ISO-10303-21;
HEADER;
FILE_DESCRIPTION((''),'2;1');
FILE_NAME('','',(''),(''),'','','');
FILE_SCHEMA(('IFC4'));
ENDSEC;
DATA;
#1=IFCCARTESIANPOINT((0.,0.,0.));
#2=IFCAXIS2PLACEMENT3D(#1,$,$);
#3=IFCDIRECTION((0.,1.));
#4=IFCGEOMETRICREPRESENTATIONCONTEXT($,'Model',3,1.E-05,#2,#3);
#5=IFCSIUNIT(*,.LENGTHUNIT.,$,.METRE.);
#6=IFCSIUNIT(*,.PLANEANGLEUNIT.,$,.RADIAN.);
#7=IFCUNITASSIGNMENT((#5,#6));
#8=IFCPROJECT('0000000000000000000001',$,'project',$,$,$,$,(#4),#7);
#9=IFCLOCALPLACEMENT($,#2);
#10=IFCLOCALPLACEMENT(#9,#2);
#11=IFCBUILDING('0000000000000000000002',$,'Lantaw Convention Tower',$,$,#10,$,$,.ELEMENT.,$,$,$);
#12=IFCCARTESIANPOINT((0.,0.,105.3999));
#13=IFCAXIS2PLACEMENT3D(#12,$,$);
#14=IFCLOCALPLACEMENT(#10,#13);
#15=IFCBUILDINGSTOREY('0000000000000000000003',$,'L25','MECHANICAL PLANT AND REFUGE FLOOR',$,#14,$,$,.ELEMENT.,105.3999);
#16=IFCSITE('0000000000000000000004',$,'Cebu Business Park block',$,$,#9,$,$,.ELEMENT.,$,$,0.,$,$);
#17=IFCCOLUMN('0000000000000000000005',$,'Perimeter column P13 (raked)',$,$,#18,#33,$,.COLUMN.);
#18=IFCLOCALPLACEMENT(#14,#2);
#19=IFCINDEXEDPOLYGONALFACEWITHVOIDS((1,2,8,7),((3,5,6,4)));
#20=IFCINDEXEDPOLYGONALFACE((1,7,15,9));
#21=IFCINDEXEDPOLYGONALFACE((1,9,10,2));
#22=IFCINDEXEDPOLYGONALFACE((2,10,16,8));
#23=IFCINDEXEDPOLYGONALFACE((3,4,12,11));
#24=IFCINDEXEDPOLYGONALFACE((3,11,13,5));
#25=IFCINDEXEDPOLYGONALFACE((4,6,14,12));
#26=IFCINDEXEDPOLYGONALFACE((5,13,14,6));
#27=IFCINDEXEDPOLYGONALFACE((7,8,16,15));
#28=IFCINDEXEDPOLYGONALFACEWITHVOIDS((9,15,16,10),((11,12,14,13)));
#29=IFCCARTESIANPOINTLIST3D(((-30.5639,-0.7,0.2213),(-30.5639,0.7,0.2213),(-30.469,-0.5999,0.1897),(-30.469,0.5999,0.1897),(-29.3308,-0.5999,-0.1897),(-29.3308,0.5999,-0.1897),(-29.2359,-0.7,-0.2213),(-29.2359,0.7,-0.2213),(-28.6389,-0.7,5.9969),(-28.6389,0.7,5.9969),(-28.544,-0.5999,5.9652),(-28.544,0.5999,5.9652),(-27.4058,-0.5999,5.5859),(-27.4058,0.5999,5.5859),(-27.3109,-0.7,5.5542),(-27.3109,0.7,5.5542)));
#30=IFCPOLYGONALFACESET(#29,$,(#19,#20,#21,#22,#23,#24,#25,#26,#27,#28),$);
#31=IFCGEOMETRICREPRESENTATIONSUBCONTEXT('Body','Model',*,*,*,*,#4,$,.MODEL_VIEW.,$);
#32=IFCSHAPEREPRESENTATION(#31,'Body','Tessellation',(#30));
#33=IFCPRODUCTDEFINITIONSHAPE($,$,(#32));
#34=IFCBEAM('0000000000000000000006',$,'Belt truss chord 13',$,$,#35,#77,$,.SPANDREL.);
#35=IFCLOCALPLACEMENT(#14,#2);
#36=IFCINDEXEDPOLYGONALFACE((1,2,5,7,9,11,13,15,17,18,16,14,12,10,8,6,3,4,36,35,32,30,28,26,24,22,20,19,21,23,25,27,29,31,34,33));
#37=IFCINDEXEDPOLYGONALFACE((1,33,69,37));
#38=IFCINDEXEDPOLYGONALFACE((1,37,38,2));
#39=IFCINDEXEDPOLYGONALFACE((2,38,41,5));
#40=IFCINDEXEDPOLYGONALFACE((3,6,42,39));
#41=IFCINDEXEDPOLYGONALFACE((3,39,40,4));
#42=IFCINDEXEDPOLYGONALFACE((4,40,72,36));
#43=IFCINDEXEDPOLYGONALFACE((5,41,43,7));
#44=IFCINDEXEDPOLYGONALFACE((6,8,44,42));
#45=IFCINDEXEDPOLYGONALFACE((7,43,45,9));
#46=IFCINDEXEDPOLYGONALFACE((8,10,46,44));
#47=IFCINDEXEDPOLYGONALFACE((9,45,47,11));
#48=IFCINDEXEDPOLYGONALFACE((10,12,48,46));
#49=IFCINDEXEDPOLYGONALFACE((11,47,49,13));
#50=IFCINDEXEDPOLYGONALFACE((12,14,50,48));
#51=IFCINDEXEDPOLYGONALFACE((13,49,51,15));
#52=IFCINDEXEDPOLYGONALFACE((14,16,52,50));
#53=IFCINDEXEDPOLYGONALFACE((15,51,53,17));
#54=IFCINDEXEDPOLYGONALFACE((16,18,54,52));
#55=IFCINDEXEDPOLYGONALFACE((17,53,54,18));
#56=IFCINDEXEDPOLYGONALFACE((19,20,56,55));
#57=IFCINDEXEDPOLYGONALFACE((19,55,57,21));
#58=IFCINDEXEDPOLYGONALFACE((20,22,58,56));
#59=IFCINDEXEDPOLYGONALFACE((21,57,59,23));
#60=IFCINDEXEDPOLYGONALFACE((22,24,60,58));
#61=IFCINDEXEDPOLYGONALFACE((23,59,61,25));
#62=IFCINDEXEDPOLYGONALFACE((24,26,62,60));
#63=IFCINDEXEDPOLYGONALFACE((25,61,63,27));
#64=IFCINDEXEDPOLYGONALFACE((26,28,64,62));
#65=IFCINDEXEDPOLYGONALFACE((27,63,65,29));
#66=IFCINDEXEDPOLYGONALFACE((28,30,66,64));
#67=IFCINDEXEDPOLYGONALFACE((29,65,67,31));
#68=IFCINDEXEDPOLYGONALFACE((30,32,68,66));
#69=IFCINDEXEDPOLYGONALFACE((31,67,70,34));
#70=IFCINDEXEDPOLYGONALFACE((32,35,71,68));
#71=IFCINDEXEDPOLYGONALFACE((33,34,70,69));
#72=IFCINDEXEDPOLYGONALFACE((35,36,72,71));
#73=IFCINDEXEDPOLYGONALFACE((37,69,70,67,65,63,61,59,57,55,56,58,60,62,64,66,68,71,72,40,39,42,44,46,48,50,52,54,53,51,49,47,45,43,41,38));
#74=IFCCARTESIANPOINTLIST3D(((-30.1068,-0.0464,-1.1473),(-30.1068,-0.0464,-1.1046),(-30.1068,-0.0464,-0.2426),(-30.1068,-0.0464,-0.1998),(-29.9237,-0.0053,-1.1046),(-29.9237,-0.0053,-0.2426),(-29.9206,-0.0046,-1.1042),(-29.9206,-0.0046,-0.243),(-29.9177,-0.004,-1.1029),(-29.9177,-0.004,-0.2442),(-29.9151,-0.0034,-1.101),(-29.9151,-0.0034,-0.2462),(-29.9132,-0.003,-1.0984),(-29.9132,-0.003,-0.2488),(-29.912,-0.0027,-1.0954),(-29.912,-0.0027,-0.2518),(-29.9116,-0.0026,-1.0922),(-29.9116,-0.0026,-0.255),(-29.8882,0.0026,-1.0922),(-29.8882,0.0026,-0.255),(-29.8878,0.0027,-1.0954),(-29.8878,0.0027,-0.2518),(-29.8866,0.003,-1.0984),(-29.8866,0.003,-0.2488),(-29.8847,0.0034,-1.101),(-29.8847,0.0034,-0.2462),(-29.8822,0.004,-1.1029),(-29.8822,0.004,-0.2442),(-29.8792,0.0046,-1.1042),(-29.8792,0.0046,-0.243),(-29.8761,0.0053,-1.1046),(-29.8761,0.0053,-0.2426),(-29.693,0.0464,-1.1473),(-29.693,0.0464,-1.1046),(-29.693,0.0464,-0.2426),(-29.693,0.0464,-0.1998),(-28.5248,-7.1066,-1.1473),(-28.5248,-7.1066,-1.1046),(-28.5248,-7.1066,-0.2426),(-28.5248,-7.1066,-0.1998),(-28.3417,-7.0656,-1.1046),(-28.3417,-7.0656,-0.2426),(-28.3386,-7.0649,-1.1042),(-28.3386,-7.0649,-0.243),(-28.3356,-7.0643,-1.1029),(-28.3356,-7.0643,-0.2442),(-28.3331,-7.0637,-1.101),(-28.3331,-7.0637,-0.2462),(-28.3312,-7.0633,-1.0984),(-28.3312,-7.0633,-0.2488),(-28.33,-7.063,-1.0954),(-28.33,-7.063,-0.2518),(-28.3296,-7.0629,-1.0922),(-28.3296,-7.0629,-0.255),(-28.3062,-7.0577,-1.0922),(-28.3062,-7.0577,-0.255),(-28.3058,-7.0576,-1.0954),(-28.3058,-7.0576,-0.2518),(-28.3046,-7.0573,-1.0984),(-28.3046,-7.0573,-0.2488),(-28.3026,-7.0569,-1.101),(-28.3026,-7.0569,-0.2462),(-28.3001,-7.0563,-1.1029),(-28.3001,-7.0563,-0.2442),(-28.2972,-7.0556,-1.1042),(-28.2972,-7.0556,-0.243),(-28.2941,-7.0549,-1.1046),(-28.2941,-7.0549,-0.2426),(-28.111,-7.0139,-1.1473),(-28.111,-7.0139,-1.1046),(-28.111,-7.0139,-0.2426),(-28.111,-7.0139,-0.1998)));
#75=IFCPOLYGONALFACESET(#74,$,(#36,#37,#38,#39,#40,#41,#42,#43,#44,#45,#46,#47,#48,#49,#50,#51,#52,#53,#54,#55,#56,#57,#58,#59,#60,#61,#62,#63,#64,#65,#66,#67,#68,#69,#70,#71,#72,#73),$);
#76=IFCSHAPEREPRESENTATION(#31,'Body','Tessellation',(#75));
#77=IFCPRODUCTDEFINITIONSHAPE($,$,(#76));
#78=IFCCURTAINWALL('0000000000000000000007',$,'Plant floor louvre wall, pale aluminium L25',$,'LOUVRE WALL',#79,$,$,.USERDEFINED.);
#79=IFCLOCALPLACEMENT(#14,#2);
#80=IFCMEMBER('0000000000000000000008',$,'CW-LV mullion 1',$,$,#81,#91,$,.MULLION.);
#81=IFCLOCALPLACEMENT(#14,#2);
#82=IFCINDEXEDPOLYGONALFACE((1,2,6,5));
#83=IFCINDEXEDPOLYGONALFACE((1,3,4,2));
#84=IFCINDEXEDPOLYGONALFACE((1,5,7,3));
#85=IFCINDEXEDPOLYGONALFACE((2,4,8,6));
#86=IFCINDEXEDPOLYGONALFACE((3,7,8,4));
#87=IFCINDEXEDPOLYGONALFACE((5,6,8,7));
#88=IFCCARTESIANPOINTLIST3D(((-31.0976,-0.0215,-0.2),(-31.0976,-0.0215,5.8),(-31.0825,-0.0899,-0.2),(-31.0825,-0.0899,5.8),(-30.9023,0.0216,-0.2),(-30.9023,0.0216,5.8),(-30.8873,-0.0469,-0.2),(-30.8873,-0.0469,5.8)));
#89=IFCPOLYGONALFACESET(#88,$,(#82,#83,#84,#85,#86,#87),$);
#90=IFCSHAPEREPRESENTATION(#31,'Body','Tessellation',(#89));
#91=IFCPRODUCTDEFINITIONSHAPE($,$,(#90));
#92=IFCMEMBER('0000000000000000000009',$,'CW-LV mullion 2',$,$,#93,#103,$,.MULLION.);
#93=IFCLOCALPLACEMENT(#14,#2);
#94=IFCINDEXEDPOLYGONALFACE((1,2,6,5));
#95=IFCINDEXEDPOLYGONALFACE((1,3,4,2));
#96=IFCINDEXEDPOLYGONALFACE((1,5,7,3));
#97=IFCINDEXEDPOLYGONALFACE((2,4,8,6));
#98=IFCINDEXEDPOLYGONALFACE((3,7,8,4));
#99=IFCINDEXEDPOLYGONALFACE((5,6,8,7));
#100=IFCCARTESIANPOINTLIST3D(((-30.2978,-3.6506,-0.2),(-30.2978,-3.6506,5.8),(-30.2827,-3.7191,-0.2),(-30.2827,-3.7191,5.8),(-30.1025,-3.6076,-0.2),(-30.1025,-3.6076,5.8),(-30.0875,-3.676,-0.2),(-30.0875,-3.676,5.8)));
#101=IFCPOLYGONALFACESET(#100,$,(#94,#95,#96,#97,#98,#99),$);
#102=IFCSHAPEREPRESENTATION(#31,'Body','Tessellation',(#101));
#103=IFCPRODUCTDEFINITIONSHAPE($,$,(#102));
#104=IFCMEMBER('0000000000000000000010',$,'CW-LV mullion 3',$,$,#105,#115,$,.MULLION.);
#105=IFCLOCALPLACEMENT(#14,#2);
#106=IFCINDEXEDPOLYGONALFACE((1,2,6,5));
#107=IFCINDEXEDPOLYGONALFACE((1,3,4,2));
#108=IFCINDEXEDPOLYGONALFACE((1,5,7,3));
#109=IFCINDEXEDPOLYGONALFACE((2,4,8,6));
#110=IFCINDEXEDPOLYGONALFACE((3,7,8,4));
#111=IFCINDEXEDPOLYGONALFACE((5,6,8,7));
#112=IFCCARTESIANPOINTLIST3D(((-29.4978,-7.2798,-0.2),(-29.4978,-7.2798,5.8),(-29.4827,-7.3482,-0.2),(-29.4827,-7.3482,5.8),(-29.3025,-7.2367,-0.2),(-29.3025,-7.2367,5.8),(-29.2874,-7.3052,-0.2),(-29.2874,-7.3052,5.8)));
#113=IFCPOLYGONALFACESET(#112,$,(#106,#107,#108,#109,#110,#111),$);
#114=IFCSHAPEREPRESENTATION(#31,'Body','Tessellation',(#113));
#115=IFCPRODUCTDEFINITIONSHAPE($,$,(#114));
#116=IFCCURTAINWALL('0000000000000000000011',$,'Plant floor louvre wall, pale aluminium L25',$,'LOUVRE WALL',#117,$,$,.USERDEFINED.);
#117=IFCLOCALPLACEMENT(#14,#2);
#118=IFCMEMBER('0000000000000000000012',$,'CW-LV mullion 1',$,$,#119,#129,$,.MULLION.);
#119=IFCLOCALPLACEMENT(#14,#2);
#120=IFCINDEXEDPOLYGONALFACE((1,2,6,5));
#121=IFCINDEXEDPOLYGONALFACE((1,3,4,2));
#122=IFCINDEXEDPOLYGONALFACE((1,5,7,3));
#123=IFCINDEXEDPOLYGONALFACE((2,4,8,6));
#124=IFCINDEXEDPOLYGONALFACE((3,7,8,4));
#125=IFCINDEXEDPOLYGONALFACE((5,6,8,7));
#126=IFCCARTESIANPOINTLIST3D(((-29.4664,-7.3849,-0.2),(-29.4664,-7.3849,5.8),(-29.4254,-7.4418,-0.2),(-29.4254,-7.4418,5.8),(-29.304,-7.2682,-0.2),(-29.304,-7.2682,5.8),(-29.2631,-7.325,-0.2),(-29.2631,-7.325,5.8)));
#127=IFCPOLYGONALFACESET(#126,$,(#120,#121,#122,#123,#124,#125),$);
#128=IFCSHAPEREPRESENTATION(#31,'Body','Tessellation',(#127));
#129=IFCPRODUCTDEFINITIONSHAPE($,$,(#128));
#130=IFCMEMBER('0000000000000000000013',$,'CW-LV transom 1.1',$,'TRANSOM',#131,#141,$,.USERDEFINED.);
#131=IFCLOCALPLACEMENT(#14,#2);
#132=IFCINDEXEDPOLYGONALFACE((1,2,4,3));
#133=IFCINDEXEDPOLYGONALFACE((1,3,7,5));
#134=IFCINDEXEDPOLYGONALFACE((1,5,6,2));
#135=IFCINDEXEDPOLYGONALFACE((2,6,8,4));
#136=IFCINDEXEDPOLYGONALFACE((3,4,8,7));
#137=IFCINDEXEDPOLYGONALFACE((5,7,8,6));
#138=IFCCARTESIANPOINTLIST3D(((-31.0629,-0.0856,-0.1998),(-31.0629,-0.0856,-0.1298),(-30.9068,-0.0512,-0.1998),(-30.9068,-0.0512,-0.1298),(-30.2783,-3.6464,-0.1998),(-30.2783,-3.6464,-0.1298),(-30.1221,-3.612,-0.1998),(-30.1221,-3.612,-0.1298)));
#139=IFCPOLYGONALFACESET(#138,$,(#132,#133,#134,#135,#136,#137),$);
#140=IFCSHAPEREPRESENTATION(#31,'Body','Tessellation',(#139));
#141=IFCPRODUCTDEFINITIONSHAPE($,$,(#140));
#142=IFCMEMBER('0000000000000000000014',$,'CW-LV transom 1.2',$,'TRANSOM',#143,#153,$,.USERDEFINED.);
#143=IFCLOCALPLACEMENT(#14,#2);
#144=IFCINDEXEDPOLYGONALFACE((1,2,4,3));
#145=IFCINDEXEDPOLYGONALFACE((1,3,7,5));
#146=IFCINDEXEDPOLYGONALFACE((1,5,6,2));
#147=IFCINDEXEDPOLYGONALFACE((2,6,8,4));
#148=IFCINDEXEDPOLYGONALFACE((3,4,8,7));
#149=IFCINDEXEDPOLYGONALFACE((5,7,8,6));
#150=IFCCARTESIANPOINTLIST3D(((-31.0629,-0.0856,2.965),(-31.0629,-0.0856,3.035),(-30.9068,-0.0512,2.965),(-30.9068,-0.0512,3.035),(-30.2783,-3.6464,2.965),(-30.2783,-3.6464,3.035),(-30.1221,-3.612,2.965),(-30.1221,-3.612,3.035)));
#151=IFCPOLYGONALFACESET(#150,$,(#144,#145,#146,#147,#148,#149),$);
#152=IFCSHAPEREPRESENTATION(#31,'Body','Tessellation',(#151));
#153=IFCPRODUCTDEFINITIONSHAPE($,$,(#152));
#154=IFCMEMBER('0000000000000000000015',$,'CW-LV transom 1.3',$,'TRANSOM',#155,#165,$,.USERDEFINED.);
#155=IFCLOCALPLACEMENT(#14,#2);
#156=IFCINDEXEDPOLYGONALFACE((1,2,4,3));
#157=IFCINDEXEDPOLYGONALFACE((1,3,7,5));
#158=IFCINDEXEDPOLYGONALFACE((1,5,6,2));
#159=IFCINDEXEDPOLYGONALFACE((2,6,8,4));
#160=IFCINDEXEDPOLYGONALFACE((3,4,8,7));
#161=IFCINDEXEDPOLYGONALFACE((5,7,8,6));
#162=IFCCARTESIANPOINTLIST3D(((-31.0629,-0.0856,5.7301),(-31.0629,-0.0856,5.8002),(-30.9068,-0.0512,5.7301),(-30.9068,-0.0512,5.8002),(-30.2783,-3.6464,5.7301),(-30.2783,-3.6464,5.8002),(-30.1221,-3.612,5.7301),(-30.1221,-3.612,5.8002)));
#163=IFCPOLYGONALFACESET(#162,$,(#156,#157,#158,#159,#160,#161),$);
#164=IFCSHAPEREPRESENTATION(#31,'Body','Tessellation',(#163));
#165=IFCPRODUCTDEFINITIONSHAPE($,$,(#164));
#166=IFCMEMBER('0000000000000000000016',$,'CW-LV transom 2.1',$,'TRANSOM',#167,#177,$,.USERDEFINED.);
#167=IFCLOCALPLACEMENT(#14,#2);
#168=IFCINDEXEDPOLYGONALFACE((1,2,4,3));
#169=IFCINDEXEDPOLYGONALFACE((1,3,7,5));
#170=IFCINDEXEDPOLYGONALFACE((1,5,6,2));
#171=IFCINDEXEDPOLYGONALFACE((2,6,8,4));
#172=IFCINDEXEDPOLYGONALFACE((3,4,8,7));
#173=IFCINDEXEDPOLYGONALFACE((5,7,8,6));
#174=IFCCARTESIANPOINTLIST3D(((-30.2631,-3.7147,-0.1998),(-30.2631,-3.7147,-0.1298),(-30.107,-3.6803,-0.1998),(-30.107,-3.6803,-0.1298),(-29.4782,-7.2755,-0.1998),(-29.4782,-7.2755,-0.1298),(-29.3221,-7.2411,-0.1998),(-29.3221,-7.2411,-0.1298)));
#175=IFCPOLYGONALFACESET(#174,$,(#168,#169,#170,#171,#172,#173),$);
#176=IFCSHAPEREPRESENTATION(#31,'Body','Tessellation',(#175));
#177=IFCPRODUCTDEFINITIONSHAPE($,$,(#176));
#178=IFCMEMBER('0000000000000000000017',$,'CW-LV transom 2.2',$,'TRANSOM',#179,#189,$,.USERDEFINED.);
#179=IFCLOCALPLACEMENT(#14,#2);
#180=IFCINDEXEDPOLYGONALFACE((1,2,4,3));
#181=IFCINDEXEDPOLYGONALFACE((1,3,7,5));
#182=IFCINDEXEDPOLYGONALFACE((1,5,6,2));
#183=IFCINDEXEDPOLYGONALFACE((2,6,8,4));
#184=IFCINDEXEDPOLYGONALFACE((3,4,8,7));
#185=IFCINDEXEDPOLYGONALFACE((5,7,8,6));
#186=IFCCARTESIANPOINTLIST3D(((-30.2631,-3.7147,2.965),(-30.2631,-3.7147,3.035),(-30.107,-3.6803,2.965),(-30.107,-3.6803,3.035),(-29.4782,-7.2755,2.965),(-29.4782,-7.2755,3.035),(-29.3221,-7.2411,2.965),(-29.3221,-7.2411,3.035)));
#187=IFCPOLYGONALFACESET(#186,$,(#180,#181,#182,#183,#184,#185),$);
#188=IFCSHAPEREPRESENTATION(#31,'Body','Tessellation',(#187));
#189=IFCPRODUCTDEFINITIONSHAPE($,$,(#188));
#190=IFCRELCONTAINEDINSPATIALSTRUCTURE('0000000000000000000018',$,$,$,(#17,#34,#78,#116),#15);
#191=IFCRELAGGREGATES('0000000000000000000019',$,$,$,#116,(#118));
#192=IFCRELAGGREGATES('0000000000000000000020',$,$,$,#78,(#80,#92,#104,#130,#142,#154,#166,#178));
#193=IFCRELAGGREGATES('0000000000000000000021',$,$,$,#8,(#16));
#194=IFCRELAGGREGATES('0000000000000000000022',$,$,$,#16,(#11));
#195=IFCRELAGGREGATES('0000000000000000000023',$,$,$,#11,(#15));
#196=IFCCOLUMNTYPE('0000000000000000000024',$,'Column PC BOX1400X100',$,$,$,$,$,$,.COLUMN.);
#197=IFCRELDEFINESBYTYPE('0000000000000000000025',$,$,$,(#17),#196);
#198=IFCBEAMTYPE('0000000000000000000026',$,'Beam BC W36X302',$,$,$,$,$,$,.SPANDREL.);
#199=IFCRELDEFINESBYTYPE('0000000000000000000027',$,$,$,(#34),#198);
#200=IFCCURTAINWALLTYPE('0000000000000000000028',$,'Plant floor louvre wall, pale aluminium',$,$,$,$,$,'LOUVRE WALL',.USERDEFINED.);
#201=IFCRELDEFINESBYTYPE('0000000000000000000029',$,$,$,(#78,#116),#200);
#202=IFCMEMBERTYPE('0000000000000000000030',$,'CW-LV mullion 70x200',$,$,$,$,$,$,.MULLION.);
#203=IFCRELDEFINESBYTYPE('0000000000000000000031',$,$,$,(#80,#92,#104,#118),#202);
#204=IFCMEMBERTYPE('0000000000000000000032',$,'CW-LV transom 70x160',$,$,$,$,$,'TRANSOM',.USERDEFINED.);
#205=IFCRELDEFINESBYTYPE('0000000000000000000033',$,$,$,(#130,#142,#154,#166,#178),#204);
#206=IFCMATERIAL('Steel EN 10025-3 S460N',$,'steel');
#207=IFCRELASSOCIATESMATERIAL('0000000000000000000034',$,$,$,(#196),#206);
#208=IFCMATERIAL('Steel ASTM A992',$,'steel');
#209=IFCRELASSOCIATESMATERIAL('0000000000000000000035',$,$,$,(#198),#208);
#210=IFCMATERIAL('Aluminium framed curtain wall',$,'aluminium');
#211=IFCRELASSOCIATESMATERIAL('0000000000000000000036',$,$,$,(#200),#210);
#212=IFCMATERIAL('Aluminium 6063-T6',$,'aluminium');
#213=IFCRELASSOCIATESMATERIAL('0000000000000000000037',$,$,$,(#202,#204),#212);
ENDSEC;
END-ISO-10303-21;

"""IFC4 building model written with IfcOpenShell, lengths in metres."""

from ifc_helpers import new_model, si_unit, direction, frame, origin, origin_2d, place, context, subcontext, project, spatial, rectangle, hollow_rectangle, i_section, extrude, material, material_profile, profile_set, type_object, element, aggregate, save


model = new_model("IFC4")

# Units and contexts
model_context = context("Model", 3, precision=1e-05, world=origin(), true_north=direction((0.0, 1.0)))
body_context = subcontext(model_context, "Body", "Model", "MODEL_VIEW")
ifc_project = project(units=[si_unit("LENGTHUNIT", "METRE"), si_unit("PLANEANGLEUNIT", "RADIAN")], contexts=[model_context])

# Site, building, storey
site_placement = place(None, origin())
site = spatial("IfcSite", under=ifc_project, at=site_placement, Name="Cebu Business Park block", CompositionType="ELEMENT", RefElevation=0.0)
building_placement = place(site_placement, origin())
building = spatial("IfcBuilding", under=site, at=building_placement, Name="Lantaw Convention Tower", CompositionType="ELEMENT")
storey_placement = place(building_placement, frame((0.0, 0.0, 105.3999)))
storey = spatial("IfcBuildingStorey", under=building, at=storey_placement, Name="L25", Description="MECHANICAL PLANT AND REFUGE FLOOR", CompositionType="ELEMENT", Elevation=105.3999)

# Column
ifc_material_1 = material(Name="Steel EN 10025-3 S460N", Category="steel")
ifc_material_profile_1 = material_profile(ifc_material_1, hollow_rectangle(XDim=1.3999, YDim=1.3999, WallThickness=0.1001, at=origin_2d()), Name="BOX1400X100")
ifc_material_2 = material(Name="Concrete C60/75", Category="concrete")
ifc_material_profile_2 = material_profile(ifc_material_2, rectangle(XDim=1.2, YDim=1.2, at=origin_2d()), Name="Concrete fill of BOX1400X100")
ifc_profile_set_1 = profile_set([ifc_material_profile_1, ifc_material_profile_2], Name="Steel EN 10025-3 S460N")
column_type = type_object("IfcColumnType", Name="Column PC BOX1400X100", PredefinedType="COLUMN", material=ifc_profile_set_1)
column_placement = place(storey_placement, frame((-29.8999, 0.0, 0.0), z_axis=(0.316204, 0.0, 0.948691), x_axis=(0.0, 1.0, 0.0)))
element("IfcColumn", 1, at=column_placement, inside=storey, type_object=column_type, Name="Perimeter column P13 (raked)", PredefinedType="COLUMN", context=body_context, shape_type="SweptSolid", body=[
    extrude(hollow_rectangle(XDim=1.3999, YDim=1.3999, WallThickness=0.1001, at=origin_2d()), origin(), (0.0, 0.0, 1.0), 6.0879),
])

# Beam
ifc_material_3 = material(Name="Steel ASTM A992", Category="steel")
ifc_material_profile_3 = material_profile(ifc_material_3, i_section(OverallWidth=0.4241, OverallDepth=0.9475, WebThickness=0.0239, FlangeThickness=0.0427, FilletRadius=0.0125, at=origin_2d()), Name="W36X302")
ifc_profile_set_2 = profile_set([ifc_material_profile_3], Name="Steel ASTM A992")
beam_type = type_object("IfcBeamType", Name="Beam BC W36X302", PredefinedType="SPANDREL", material=ifc_profile_set_2)
beam_placement = place(storey_placement, frame((-29.8999, 0.0, -0.6736), z_axis=(0.218652, -0.975803, 0.0), x_axis=(0.975803, 0.218652, 0.0)))
element("IfcBeam", 2, at=beam_placement, inside=storey, type_object=beam_type, Name="Belt truss chord 13", PredefinedType="SPANDREL", context=body_context, shape_type="SweptSolid", body=[
    extrude(i_section(OverallWidth=0.4241, OverallDepth=0.9475, WebThickness=0.0239, FlangeThickness=0.0427, FilletRadius=0.0125, at=origin_2d()), origin(), (0.0, 0.0, 1.0), 7.2354),
])

# Curtain wall, members
ifc_material_4 = material(Name="Aluminium framed curtain wall", Category="aluminium")
curtain_wall_type = type_object("IfcCurtainWallType", Name="Plant floor louvre wall, pale aluminium", ElementType="LOUVRE WALL", PredefinedType="USERDEFINED", material=ifc_material_4)
curtain_wall_1_placement = place(storey_placement, origin())
curtain_wall_1 = element("IfcCurtainWall", 3, at=curtain_wall_1_placement, inside=storey, type_object=curtain_wall_type, Name="Plant floor louvre wall, pale aluminium L25", ObjectType="LOUVRE WALL", PredefinedType="USERDEFINED")
ifc_material_5 = material(Name="Aluminium 6063-T6", Category="aluminium")
ifc_material_profile_4 = material_profile(ifc_material_5, rectangle(XDim=0.2, YDim=0.0701, at=origin_2d()), Name="CW-LV mullion 70x200")
ifc_profile_set_3 = profile_set([ifc_material_profile_4], Name="Aluminium 6063-T6")
member_type_1 = type_object("IfcMemberType", Name="CW-LV mullion 70x200", PredefinedType="MULLION", material=ifc_profile_set_3)
member_1_placement = place(storey_placement, frame((-30.9924, -0.0342, -0.2), z_axis=(0.0, 0.0, 1.0), x_axis=(0.97656, 0.215246, 0.0)))
member_1 = element("IfcMember", 4, at=member_1_placement, type_object=member_type_1, Name="CW-LV mullion 1", PredefinedType="MULLION", context=body_context, shape_type="SweptSolid", body=[
    extrude(rectangle(XDim=0.2, YDim=0.0701, at=origin_2d()), origin(), (0.0, 0.0, 1.0), 6.0),
])
member_2_placement = place(storey_placement, frame((-30.1926, -3.6633, -0.2), z_axis=(0.0, 0.0, 1.0), x_axis=(0.97656, 0.215246, 0.0)))
member_2 = element("IfcMember", 5, at=member_2_placement, type_object=member_type_1, Name="CW-LV mullion 2", PredefinedType="MULLION", context=body_context, shape_type="SweptSolid", body=[
    extrude(rectangle(XDim=0.2, YDim=0.0701, at=origin_2d()), origin(), (0.0, 0.0, 1.0), 6.0),
])
member_3_placement = place(storey_placement, frame((-29.3926, -7.2925, -0.2), z_axis=(0.0, 0.0, 1.0), x_axis=(0.97656, 0.215246, 0.0)))
member_3 = element("IfcMember", 6, at=member_3_placement, type_object=member_type_1, Name="CW-LV mullion 3", PredefinedType="MULLION", context=body_context, shape_type="SweptSolid", body=[
    extrude(rectangle(XDim=0.2, YDim=0.0701, at=origin_2d()), origin(), (0.0, 0.0, 1.0), 6.0),
])

# Curtain wall, member
curtain_wall_2_placement = place(storey_placement, origin())
curtain_wall_2 = element("IfcCurtainWall", 7, at=curtain_wall_2_placement, inside=storey, type_object=curtain_wall_type, Name="Plant floor louvre wall, pale aluminium L25", ObjectType="LOUVRE WALL", PredefinedType="USERDEFINED")
member_4_placement = place(storey_placement, frame((-29.3647, -7.355, -0.2), z_axis=(0.0, 0.0, 1.0), x_axis=(0.811789, 0.583951, 0.0)))
member_4 = element("IfcMember", 8, at=member_4_placement, type_object=member_type_1, Name="CW-LV mullion 1", PredefinedType="MULLION", context=body_context, shape_type="SweptSolid", body=[
    extrude(rectangle(XDim=0.2, YDim=0.0701, at=origin_2d()), origin(), (0.0, 0.0, 1.0), 6.0),
])

# Members
ifc_material_profile_5 = material_profile(ifc_material_5, rectangle(XDim=0.1599, YDim=0.0701, at=origin_2d()), Name="CW-LV transom 70x160")
ifc_profile_set_4 = profile_set([ifc_material_profile_5], Name="Aluminium 6063-T6")
member_type_2 = type_object("IfcMemberType", Name="CW-LV transom 70x160", ElementType="TRANSOM", PredefinedType="USERDEFINED", material=ifc_profile_set_4)
member_5_placement = place(storey_placement, frame((-30.9849, -0.0684, -0.1648), z_axis=(0.2152, -0.97657, 0.0), x_axis=(0.97657, 0.2152, 0.0)))
member_5 = element("IfcMember", 9, at=member_5_placement, type_object=member_type_2, Name="CW-LV transom 1.1", ObjectType="TRANSOM", PredefinedType="USERDEFINED", context=body_context, shape_type="SweptSolid", body=[
    extrude(rectangle(XDim=0.1599, YDim=0.0701, at=origin_2d()), origin(), (0.0, 0.0, 1.0), 3.6462),
])
member_6_placement = place(storey_placement, frame((-30.9849, -0.0684, 3.0), z_axis=(0.2152, -0.97657, 0.0), x_axis=(0.97657, 0.2152, 0.0)))
member_6 = element("IfcMember", 10, at=member_6_placement, type_object=member_type_2, Name="CW-LV transom 1.2", ObjectType="TRANSOM", PredefinedType="USERDEFINED", context=body_context, shape_type="SweptSolid", body=[
    extrude(rectangle(XDim=0.1599, YDim=0.0701, at=origin_2d()), origin(), (0.0, 0.0, 1.0), 3.6462),
])
member_7_placement = place(storey_placement, frame((-30.9849, -0.0684, 5.7651), z_axis=(0.2152, -0.97657, 0.0), x_axis=(0.97657, 0.2152, 0.0)))
member_7 = element("IfcMember", 11, at=member_7_placement, type_object=member_type_2, Name="CW-LV transom 1.3", ObjectType="TRANSOM", PredefinedType="USERDEFINED", context=body_context, shape_type="SweptSolid", body=[
    extrude(rectangle(XDim=0.1599, YDim=0.0701, at=origin_2d()), origin(), (0.0, 0.0, 1.0), 3.6462),
])
member_8_placement = place(storey_placement, frame((-30.1851, -3.6975, -0.1648), z_axis=(0.215264, -0.976556, 0.0), x_axis=(0.976556, 0.215264, 0.0)))
member_8 = element("IfcMember", 12, at=member_8_placement, type_object=member_type_2, Name="CW-LV transom 2.1", ObjectType="TRANSOM", PredefinedType="USERDEFINED", context=body_context, shape_type="SweptSolid", body=[
    extrude(rectangle(XDim=0.1599, YDim=0.0701, at=origin_2d()), origin(), (0.0, 0.0, 1.0), 3.6462),
])
member_9_placement = place(storey_placement, frame((-30.1851, -3.6975, 3.0), z_axis=(0.215264, -0.976556, 0.0), x_axis=(0.976556, 0.215264, 0.0)))
member_9 = element("IfcMember", 13, at=member_9_placement, type_object=member_type_2, Name="CW-LV transom 2.2", ObjectType="TRANSOM", PredefinedType="USERDEFINED", context=body_context, shape_type="SweptSolid", body=[
    extrude(rectangle(XDim=0.1599, YDim=0.0701, at=origin_2d()), origin(), (0.0, 0.0, 1.0), 3.6462),
])
aggregate(curtain_wall_2, [member_4])

aggregate(curtain_wall_1, [member_1, member_2, member_3, member_5, member_6, member_7, member_8, member_9])

save(model, "model.ifc")
